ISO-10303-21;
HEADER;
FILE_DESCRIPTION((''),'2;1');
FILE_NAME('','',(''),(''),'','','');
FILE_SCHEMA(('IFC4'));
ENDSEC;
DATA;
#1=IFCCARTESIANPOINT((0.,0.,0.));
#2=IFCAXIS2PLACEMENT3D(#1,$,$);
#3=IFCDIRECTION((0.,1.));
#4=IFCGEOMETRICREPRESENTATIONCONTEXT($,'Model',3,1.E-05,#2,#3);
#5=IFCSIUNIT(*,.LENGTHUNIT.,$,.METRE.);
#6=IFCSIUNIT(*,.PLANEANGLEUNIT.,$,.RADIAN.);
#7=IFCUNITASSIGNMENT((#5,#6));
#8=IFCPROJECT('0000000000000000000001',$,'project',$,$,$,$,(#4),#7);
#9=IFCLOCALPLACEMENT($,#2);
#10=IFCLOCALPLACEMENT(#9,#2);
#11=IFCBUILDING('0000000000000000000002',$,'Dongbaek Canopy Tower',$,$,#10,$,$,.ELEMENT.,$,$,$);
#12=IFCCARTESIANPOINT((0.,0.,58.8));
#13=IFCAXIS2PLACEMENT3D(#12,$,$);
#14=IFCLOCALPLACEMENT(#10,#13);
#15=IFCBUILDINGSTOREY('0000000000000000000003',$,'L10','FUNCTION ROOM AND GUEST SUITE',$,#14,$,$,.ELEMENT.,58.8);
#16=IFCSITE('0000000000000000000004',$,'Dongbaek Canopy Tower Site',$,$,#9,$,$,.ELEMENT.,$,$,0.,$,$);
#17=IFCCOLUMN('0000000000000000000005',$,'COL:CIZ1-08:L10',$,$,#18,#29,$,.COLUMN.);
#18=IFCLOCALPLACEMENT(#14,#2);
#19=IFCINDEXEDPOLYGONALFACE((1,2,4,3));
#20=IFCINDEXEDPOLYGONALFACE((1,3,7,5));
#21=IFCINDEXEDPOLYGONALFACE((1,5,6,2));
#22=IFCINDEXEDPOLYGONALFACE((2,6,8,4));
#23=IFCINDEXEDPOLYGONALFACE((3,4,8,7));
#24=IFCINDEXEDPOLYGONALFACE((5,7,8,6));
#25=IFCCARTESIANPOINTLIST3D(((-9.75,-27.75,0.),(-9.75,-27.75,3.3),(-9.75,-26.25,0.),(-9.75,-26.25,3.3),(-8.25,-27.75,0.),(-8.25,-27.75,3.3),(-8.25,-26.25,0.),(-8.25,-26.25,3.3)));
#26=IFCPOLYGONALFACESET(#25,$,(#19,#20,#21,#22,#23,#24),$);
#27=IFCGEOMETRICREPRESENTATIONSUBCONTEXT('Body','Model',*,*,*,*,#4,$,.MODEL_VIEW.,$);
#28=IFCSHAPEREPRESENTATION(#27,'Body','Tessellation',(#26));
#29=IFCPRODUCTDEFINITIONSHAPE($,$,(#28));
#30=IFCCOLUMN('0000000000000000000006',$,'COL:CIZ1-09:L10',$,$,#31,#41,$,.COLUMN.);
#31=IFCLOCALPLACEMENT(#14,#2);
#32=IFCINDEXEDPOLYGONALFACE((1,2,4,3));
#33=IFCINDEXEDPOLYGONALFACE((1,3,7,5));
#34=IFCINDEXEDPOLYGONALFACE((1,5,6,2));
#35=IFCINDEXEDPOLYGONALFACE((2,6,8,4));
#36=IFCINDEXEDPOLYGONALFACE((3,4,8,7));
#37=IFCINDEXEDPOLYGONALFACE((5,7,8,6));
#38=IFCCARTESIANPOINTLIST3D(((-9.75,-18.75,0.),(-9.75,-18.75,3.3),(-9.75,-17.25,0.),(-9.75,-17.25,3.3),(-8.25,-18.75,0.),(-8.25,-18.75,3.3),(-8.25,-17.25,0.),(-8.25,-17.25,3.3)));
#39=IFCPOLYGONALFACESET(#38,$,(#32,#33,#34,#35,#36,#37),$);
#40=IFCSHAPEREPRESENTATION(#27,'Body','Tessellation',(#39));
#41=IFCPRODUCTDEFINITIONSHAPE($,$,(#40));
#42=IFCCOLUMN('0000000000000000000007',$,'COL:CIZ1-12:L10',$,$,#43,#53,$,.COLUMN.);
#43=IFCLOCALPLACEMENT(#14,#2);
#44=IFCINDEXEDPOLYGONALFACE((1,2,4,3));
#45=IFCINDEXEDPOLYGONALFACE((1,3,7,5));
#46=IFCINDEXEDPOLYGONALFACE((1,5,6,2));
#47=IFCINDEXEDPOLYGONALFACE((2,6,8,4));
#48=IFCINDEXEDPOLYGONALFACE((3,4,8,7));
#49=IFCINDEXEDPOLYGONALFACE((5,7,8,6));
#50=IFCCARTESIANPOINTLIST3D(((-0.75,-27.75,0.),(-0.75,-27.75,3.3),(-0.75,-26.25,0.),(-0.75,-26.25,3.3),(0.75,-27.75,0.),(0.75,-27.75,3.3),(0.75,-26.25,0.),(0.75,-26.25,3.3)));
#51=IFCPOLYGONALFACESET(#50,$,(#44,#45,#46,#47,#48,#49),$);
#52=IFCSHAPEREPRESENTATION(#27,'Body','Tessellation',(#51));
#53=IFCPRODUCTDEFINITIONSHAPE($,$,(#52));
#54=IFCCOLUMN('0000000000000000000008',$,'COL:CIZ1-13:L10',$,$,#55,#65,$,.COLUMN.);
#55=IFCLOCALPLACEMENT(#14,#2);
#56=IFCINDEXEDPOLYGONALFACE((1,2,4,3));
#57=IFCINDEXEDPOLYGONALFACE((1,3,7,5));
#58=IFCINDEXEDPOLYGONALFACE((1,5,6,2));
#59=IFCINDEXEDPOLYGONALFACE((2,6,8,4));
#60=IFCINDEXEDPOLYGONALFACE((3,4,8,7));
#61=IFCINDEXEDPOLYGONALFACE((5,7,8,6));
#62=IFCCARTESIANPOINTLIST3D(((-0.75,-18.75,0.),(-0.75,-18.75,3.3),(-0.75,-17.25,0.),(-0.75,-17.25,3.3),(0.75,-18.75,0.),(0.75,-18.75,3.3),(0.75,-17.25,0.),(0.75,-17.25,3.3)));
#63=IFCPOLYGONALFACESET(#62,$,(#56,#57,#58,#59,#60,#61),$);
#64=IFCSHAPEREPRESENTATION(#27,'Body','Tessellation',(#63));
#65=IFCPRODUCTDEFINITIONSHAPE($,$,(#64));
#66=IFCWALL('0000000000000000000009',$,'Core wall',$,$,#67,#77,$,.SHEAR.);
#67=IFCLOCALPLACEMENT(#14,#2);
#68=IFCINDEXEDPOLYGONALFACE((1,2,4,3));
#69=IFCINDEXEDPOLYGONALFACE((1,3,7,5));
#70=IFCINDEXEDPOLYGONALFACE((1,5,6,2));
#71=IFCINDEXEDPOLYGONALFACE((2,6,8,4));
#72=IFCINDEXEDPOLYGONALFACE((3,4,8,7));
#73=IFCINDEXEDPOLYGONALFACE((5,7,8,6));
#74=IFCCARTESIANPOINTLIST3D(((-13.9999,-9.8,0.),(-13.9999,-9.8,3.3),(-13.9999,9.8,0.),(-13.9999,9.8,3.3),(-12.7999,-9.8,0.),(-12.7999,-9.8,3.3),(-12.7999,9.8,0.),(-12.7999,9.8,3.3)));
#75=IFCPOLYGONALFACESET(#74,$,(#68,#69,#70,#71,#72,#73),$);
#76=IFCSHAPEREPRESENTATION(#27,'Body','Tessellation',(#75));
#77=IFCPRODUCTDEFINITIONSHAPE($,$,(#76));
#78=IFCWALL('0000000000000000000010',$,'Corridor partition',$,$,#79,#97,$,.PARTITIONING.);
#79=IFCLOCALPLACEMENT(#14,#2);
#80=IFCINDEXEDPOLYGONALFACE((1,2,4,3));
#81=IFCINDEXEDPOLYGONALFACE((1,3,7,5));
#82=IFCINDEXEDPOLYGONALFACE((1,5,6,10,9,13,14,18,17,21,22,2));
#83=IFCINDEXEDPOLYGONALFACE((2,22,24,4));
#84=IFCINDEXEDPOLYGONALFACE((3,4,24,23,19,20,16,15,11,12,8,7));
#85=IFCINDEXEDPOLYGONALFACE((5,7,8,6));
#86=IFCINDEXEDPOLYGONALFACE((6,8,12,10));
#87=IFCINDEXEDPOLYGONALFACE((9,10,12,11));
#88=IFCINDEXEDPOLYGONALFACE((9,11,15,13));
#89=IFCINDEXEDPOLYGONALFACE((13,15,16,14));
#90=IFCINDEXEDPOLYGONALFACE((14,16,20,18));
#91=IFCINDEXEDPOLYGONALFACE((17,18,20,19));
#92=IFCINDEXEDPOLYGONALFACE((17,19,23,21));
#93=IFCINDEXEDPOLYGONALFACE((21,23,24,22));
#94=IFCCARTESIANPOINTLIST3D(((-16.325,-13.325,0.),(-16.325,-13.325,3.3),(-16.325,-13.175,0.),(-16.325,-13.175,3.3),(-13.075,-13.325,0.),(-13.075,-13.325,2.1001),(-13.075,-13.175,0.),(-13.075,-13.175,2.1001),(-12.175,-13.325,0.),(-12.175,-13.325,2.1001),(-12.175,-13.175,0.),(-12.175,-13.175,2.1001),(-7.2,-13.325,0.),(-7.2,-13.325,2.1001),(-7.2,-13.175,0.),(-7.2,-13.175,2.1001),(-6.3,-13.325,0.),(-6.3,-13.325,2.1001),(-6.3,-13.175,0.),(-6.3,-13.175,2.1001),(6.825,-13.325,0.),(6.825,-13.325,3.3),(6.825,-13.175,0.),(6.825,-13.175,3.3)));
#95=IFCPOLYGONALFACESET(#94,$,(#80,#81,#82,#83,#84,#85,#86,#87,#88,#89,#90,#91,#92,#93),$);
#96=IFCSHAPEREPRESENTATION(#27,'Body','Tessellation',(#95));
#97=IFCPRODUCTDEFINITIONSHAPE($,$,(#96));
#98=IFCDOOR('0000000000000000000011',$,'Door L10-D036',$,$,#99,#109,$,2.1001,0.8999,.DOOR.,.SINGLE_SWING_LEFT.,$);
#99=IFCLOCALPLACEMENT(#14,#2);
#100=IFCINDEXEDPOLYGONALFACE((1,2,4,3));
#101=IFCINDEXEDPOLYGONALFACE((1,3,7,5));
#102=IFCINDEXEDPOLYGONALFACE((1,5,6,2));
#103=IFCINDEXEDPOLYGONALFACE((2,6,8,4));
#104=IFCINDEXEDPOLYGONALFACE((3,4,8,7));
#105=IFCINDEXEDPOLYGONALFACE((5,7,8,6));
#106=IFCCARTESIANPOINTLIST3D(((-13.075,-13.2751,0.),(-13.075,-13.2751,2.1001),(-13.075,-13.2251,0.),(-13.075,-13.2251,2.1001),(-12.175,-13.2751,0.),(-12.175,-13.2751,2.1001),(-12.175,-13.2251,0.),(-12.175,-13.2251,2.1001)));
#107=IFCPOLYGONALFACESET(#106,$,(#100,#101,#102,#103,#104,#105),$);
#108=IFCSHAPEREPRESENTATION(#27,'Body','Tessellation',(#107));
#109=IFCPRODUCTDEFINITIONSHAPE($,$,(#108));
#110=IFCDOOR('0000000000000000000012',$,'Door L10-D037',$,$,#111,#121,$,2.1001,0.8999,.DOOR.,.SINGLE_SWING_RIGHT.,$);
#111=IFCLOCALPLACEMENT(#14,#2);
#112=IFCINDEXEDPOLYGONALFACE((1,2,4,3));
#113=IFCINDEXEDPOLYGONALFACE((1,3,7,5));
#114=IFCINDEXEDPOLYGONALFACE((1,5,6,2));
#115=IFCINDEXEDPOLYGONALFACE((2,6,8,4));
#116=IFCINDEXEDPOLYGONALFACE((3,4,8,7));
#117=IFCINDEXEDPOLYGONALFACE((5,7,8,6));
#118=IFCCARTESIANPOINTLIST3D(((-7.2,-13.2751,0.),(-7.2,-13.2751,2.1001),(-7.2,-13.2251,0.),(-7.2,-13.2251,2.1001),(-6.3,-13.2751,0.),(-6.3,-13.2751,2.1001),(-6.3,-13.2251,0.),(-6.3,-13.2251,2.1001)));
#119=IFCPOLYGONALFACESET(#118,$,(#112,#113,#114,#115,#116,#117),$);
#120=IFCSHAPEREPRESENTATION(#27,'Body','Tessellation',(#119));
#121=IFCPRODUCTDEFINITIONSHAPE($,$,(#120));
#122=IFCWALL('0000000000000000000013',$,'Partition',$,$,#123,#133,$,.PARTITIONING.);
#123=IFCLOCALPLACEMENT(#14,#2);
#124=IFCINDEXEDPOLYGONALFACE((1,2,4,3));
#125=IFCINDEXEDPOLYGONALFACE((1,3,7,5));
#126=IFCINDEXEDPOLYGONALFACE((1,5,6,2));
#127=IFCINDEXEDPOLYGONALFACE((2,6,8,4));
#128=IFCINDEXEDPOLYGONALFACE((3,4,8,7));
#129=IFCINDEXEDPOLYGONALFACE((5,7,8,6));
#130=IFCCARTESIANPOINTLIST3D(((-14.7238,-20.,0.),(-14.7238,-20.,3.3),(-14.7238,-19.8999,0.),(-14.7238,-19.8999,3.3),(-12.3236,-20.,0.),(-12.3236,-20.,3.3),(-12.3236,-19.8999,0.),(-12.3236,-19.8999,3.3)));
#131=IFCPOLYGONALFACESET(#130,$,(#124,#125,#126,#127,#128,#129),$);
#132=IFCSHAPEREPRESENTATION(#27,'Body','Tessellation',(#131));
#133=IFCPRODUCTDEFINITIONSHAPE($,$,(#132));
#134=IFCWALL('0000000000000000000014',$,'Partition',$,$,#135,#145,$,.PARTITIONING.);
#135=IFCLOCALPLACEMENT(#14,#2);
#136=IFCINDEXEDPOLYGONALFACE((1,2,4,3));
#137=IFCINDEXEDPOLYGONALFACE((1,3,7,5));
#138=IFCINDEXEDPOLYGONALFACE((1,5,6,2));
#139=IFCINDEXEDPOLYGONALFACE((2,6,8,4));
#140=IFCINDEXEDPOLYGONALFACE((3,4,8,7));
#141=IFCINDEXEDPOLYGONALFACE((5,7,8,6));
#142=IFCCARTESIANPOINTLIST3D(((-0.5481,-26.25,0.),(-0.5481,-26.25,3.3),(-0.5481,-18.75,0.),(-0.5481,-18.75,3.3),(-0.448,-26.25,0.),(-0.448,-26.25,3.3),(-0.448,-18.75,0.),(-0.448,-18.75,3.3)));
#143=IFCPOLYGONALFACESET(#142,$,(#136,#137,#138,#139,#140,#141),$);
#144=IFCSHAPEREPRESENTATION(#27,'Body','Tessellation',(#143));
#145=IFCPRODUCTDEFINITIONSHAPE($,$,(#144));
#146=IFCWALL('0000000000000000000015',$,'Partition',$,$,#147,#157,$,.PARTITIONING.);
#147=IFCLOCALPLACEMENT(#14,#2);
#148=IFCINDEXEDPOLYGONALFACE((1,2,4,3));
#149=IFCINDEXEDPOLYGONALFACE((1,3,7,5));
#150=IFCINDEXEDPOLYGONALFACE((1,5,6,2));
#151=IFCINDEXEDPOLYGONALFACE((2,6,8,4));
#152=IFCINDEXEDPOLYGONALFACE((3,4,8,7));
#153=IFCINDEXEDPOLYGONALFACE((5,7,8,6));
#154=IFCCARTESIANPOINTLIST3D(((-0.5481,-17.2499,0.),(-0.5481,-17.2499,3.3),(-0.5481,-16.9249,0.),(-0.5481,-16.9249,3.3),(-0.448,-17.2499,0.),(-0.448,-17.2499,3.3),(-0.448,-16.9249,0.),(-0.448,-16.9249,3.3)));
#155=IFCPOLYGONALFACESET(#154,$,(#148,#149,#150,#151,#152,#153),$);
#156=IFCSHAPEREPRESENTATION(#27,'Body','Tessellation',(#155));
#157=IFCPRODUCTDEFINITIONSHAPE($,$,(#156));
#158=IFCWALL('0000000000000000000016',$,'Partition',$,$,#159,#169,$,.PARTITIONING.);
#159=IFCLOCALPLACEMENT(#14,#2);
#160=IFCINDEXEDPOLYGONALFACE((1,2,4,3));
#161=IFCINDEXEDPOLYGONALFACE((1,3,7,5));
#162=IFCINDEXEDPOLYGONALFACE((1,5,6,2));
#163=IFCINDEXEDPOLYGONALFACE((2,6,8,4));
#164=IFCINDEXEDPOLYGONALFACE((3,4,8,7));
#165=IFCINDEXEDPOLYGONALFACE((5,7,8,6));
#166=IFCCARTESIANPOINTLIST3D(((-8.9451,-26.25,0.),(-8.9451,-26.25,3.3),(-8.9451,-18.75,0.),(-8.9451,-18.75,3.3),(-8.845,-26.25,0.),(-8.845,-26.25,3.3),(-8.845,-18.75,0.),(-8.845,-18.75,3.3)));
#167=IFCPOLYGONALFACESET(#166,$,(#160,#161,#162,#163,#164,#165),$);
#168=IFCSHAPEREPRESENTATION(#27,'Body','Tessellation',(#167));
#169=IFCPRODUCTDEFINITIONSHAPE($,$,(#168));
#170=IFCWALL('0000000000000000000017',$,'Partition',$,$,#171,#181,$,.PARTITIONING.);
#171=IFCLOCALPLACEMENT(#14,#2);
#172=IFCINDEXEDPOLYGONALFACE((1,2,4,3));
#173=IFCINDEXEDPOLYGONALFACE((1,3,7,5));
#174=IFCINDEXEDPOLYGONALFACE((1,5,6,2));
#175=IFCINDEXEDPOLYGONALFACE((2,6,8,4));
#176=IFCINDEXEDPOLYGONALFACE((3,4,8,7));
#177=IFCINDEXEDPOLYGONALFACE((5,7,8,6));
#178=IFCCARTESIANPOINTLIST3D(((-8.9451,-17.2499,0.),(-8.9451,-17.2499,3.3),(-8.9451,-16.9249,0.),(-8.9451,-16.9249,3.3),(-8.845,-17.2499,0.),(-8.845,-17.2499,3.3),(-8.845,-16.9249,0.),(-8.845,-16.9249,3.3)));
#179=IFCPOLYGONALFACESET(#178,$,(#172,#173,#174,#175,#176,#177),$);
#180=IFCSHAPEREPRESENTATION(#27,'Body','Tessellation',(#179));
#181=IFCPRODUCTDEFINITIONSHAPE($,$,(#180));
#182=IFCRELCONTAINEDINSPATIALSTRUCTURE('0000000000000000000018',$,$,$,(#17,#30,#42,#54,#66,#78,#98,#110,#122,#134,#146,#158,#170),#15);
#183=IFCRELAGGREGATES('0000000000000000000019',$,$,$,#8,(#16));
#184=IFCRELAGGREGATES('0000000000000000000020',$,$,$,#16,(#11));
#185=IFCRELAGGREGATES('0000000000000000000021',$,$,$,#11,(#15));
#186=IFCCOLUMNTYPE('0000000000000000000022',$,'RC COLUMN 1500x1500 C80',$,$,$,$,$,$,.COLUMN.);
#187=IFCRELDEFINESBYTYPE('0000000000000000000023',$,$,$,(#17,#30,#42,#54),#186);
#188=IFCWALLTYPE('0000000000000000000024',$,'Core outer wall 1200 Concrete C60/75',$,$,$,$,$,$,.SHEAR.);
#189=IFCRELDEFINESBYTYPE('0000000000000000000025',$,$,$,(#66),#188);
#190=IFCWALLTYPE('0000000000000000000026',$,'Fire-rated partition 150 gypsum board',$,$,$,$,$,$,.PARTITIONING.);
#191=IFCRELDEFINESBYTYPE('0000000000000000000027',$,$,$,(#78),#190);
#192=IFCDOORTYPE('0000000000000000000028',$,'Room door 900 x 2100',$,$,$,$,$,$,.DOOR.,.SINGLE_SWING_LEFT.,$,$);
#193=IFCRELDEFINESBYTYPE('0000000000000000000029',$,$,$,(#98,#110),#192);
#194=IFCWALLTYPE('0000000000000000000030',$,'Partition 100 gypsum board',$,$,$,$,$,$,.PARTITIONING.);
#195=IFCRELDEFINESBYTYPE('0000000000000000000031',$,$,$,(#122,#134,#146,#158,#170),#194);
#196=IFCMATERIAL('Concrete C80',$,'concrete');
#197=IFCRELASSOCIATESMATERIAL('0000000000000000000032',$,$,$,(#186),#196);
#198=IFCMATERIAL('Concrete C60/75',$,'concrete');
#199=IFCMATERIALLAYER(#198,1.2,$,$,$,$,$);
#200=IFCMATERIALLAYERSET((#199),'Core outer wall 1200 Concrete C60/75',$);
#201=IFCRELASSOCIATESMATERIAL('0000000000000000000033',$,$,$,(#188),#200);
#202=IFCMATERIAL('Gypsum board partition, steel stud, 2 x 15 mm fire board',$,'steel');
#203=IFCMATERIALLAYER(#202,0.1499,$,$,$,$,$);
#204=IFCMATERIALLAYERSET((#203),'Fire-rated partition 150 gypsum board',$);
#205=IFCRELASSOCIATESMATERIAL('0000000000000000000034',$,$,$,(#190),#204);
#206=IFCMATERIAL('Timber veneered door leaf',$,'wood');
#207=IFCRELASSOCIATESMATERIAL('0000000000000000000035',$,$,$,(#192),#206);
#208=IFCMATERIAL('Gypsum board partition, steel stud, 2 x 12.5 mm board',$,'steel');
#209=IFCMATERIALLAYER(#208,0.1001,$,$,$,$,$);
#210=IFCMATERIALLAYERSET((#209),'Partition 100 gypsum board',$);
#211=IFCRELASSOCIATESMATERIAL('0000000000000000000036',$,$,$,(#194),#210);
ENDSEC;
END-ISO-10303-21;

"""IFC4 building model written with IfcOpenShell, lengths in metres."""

from ifc_helpers import new_model, si_unit, direction, frame, frame_2d, origin, origin_2d, place, context, subcontext, project, spatial, rectangle, extrude, material, layer, layer_set, material_profile, profile_set, type_object, element, fill, save


model = new_model("IFC4")

# Units and contexts
model_context = context("Model", 3, precision=1e-05, world=origin(), true_north=direction((0.0, 1.0)))
body_context = subcontext(model_context, "Body", "Model", "MODEL_VIEW")
ifc_project = project(units=[si_unit("LENGTHUNIT", "METRE"), si_unit("PLANEANGLEUNIT", "RADIAN")], contexts=[model_context])

# Site, building, storey
site_placement = place(None, origin())
site = spatial("IfcSite", under=ifc_project, at=site_placement, Name="Dongbaek Canopy Tower Site", CompositionType="ELEMENT", RefElevation=0.0)
building_placement = place(site_placement, origin())
building = spatial("IfcBuilding", under=site, at=building_placement, Name="Dongbaek Canopy Tower", CompositionType="ELEMENT")
storey_placement = place(building_placement, frame((0.0, 0.0, 58.8)))
storey = spatial("IfcBuildingStorey", under=building, at=storey_placement, Name="L10", Description="FUNCTION ROOM AND GUEST SUITE", CompositionType="ELEMENT", Elevation=58.8)

# Columns
ifc_material_1 = material(Name="Concrete C80", Category="concrete")
ifc_material_profile = material_profile(ifc_material_1, rectangle(XDim=1.5, YDim=1.5, at=origin_2d()), Name="RC COLUMN 1500x1500 C80")
ifc_profile_set = profile_set([ifc_material_profile], Name="Concrete C80")
column_type = type_object("IfcColumnType", Name="RC COLUMN 1500x1500 C80", PredefinedType="COLUMN", material=ifc_profile_set)
for number, where, z_axis, x_axis, name in (
    (1, (-9.0, -27.0, 0.0), (0.0, 0.0, 1.0), (1.0, 0.0, 0.0), "COL:CIZ1-08:L10"),
    (2, (-9.0, -18.0, 0.0), (0.0, 0.0, 1.0), (1.0, 0.0, 0.0), "COL:CIZ1-09:L10"),
    (3, (0.0, -27.0, 0.0), (0.0, 0.0, 1.0), (1.0, 0.0, 0.0), "COL:CIZ1-12:L10"),
    (4, (0.0, -18.0, 0.0), (0.0, 0.0, 1.0), (1.0, 0.0, 0.0), "COL:CIZ1-13:L10"),
):
    element("IfcColumn", number, at=place(storey_placement, frame(where, z_axis=z_axis, x_axis=x_axis)), inside=storey, type_object=column_type, Name=name, PredefinedType="COLUMN", context=body_context, shape_type="SweptSolid", body=[
        extrude(rectangle(XDim=1.5, YDim=1.5, at=origin_2d()), origin(), (0.0, 0.0, 1.0), 3.3),
    ])

# Wall
ifc_material_2 = material(Name="Concrete C60/75", Category="concrete")
ifc_layer_1 = layer(ifc_material_2, 1.2)
ifc_layer_set_1 = layer_set([ifc_layer_1], Name="Core outer wall 1200 Concrete C60/75")
wall_type_1 = type_object("IfcWallType", Name="Core outer wall 1200 Concrete C60/75", PredefinedType="SHEAR", material=ifc_layer_set_1)
wall_1_placement = place(storey_placement, frame((-13.3999, -9.8, 0.0), z_axis=(0.0, 0.0, 1.0), x_axis=(0.0, 1.0, 0.0)))
element("IfcWall", 5, at=wall_1_placement, inside=storey, type_object=wall_type_1, Name="Core wall", PredefinedType="SHEAR", context=body_context, shape_type="SweptSolid", body=[
    extrude(rectangle(XDim=19.6001, YDim=1.2, at=frame_2d((9.8, 0.0))), origin(), (0.0, 0.0, 1.0), 3.3),
])

# Wall, openings, doors
ifc_material_3 = material(Name="Gypsum board partition, steel stud, 2 x 15 mm fire board", Category="steel")
ifc_layer_2 = layer(ifc_material_3, 0.1499)
ifc_layer_set_2 = layer_set([ifc_layer_2], Name="Fire-rated partition 150 gypsum board")
wall_type_2 = type_object("IfcWallType", Name="Fire-rated partition 150 gypsum board", PredefinedType="PARTITIONING", material=ifc_layer_set_2)
wall_2_placement = place(storey_placement, frame((-16.325, -13.25, 0.0), z_axis=(0.0, 0.0, 1.0), x_axis=(1.0, 0.0, 0.0)))
wall_2 = element("IfcWall", 6, at=wall_2_placement, inside=storey, type_object=wall_type_2, Name="Corridor partition", PredefinedType="PARTITIONING", context=body_context, shape_type="SweptSolid", body=[
    extrude(rectangle(XDim=23.1499, YDim=0.1499, at=frame_2d((11.575, 0.0))), origin(), (0.0, 0.0, 1.0), 3.3),
])
opening_1_placement = place(wall_2_placement, frame((3.25, 0.0, 0.0)))
opening_1 = element("IfcOpeningElement", 7, at=opening_1_placement, cuts=wall_2, PredefinedType="OPENING", context=body_context, shape_type="SweptSolid", body=[
    extrude(rectangle(XDim=0.8999, YDim=2.1001, at=frame_2d((0.45, 1.05))), frame((0.0, 0.085, 0.0), z_axis=(0.0, -1.0, 0.0), x_axis=(1.0, 0.0, 0.0)), (0.0, 0.0, 1.0), 0.1699),
])
opening_2_placement = place(wall_2_placement, frame((9.125, 0.0, 0.0)))
opening_2 = element("IfcOpeningElement", 8, at=opening_2_placement, cuts=wall_2, PredefinedType="OPENING", context=body_context, shape_type="SweptSolid", body=[
    extrude(rectangle(XDim=0.8999, YDim=2.1001, at=frame_2d((0.45, 1.05))), frame((0.0, 0.085, 0.0), z_axis=(0.0, -1.0, 0.0), x_axis=(1.0, 0.0, 0.0)), (0.0, 0.0, 1.0), 0.1699),
])
ifc_material_4 = material(Name="Timber veneered door leaf", Category="wood")
door_type_1 = type_object("IfcDoorType", Name="Room door 900 x 2100", OperationType="SINGLE_SWING_LEFT", PredefinedType="DOOR", material=ifc_material_4)
door_1_placement = place(opening_1_placement, origin())
door_1 = element("IfcDoor", 9, at=door_1_placement, inside=storey, type_object=door_type_1, Name="Door L10-D036", OperationType="SINGLE_SWING_LEFT", OverallHeight=2.1001, OverallWidth=0.8999, PredefinedType="DOOR", context=body_context, shape_type="SweptSolid", body=[
    extrude(rectangle(XDim=0.8999, YDim=2.1001, at=frame_2d((0.45, 1.05))), frame((0.0, 0.0249, 0.0), z_axis=(0.0, -1.0, 0.0), x_axis=(1.0, 0.0, 0.0)), (0.0, 0.0, 1.0), 0.05),
])
fill(opening_1, door_1)
door_2_placement = place(opening_2_placement, origin())
door_2 = element("IfcDoor", 10, at=door_2_placement, inside=storey, type_object=door_type_1, Name="Door L10-D037", OperationType="SINGLE_SWING_RIGHT", OverallHeight=2.1001, OverallWidth=0.8999, PredefinedType="DOOR", context=body_context, shape_type="SweptSolid", body=[
    extrude(rectangle(XDim=0.8999, YDim=2.1001, at=frame_2d((0.45, 1.05))), frame((0.0, 0.0249, 0.0), z_axis=(0.0, -1.0, 0.0), x_axis=(1.0, 0.0, 0.0)), (0.0, 0.0, 1.0), 0.05),
])
fill(opening_2, door_2)

# Walls
ifc_material_5 = material(Name="Gypsum board partition, steel stud, 2 x 12.5 mm board", Category="steel")
ifc_layer_3 = layer(ifc_material_5, 0.1001)
ifc_layer_set_3 = layer_set([ifc_layer_3], Name="Partition 100 gypsum board")
wall_type_3 = type_object("IfcWallType", Name="Partition 100 gypsum board", PredefinedType="PARTITIONING", material=ifc_layer_set_3)
wall_3_placement = place(storey_placement, frame((-14.7239, -19.95, 0.0), z_axis=(0.0, 0.0, 1.0), x_axis=(1.0, 0.0, 0.0)))
element("IfcWall", 11, at=wall_3_placement, inside=storey, type_object=wall_type_3, Name="Partition", PredefinedType="PARTITIONING", context=body_context, shape_type="SweptSolid", body=[
    extrude(rectangle(XDim=2.4001, YDim=0.1001, at=frame_2d((1.2002, 0.0))), origin(), (0.0, 0.0, 1.0), 3.3),
])
wall_4_placement = place(storey_placement, frame((-0.498, -26.25, 0.0), z_axis=(0.0, 0.0, 1.0), x_axis=(0.0, 1.0, 0.0)))
element("IfcWall", 12, at=wall_4_placement, inside=storey, type_object=wall_type_3, Name="Partition", PredefinedType="PARTITIONING", context=body_context, shape_type="SweptSolid", body=[
    extrude(rectangle(XDim=7.5, YDim=0.1001, at=frame_2d((3.75, 0.0))), origin(), (0.0, 0.0, 1.0), 3.3),
])
wall_5_placement = place(storey_placement, frame((-0.498, -17.25, 0.0), z_axis=(0.0, 0.0, 1.0), x_axis=(0.0, 1.0, 0.0)))
element("IfcWall", 13, at=wall_5_placement, inside=storey, type_object=wall_type_3, Name="Partition", PredefinedType="PARTITIONING", context=body_context, shape_type="SweptSolid", body=[
    extrude(rectangle(XDim=0.325, YDim=0.1001, at=frame_2d((0.1626, 0.0))), origin(), (0.0, 0.0, 1.0), 3.3),
])
wall_6_placement = place(storey_placement, frame((-8.895, -26.25, 0.0), z_axis=(0.0, 0.0, 1.0), x_axis=(0.0, 1.0, 0.0)))
element("IfcWall", 14, at=wall_6_placement, inside=storey, type_object=wall_type_3, Name="Partition", PredefinedType="PARTITIONING", context=body_context, shape_type="SweptSolid", body=[
    extrude(rectangle(XDim=7.5, YDim=0.1001, at=frame_2d((3.75, 0.0))), origin(), (0.0, 0.0, 1.0), 3.3),
])
wall_7_placement = place(storey_placement, frame((-8.895, -17.25, 0.0), z_axis=(0.0, 0.0, 1.0), x_axis=(0.0, 1.0, 0.0)))
element("IfcWall", 15, at=wall_7_placement, inside=storey, type_object=wall_type_3, Name="Partition", PredefinedType="PARTITIONING", context=body_context, shape_type="SweptSolid", body=[
    extrude(rectangle(XDim=0.325, YDim=0.1001, at=frame_2d((0.1626, 0.0))), origin(), (0.0, 0.0, 1.0), 3.3),
])

save(model, "model.ifc")
